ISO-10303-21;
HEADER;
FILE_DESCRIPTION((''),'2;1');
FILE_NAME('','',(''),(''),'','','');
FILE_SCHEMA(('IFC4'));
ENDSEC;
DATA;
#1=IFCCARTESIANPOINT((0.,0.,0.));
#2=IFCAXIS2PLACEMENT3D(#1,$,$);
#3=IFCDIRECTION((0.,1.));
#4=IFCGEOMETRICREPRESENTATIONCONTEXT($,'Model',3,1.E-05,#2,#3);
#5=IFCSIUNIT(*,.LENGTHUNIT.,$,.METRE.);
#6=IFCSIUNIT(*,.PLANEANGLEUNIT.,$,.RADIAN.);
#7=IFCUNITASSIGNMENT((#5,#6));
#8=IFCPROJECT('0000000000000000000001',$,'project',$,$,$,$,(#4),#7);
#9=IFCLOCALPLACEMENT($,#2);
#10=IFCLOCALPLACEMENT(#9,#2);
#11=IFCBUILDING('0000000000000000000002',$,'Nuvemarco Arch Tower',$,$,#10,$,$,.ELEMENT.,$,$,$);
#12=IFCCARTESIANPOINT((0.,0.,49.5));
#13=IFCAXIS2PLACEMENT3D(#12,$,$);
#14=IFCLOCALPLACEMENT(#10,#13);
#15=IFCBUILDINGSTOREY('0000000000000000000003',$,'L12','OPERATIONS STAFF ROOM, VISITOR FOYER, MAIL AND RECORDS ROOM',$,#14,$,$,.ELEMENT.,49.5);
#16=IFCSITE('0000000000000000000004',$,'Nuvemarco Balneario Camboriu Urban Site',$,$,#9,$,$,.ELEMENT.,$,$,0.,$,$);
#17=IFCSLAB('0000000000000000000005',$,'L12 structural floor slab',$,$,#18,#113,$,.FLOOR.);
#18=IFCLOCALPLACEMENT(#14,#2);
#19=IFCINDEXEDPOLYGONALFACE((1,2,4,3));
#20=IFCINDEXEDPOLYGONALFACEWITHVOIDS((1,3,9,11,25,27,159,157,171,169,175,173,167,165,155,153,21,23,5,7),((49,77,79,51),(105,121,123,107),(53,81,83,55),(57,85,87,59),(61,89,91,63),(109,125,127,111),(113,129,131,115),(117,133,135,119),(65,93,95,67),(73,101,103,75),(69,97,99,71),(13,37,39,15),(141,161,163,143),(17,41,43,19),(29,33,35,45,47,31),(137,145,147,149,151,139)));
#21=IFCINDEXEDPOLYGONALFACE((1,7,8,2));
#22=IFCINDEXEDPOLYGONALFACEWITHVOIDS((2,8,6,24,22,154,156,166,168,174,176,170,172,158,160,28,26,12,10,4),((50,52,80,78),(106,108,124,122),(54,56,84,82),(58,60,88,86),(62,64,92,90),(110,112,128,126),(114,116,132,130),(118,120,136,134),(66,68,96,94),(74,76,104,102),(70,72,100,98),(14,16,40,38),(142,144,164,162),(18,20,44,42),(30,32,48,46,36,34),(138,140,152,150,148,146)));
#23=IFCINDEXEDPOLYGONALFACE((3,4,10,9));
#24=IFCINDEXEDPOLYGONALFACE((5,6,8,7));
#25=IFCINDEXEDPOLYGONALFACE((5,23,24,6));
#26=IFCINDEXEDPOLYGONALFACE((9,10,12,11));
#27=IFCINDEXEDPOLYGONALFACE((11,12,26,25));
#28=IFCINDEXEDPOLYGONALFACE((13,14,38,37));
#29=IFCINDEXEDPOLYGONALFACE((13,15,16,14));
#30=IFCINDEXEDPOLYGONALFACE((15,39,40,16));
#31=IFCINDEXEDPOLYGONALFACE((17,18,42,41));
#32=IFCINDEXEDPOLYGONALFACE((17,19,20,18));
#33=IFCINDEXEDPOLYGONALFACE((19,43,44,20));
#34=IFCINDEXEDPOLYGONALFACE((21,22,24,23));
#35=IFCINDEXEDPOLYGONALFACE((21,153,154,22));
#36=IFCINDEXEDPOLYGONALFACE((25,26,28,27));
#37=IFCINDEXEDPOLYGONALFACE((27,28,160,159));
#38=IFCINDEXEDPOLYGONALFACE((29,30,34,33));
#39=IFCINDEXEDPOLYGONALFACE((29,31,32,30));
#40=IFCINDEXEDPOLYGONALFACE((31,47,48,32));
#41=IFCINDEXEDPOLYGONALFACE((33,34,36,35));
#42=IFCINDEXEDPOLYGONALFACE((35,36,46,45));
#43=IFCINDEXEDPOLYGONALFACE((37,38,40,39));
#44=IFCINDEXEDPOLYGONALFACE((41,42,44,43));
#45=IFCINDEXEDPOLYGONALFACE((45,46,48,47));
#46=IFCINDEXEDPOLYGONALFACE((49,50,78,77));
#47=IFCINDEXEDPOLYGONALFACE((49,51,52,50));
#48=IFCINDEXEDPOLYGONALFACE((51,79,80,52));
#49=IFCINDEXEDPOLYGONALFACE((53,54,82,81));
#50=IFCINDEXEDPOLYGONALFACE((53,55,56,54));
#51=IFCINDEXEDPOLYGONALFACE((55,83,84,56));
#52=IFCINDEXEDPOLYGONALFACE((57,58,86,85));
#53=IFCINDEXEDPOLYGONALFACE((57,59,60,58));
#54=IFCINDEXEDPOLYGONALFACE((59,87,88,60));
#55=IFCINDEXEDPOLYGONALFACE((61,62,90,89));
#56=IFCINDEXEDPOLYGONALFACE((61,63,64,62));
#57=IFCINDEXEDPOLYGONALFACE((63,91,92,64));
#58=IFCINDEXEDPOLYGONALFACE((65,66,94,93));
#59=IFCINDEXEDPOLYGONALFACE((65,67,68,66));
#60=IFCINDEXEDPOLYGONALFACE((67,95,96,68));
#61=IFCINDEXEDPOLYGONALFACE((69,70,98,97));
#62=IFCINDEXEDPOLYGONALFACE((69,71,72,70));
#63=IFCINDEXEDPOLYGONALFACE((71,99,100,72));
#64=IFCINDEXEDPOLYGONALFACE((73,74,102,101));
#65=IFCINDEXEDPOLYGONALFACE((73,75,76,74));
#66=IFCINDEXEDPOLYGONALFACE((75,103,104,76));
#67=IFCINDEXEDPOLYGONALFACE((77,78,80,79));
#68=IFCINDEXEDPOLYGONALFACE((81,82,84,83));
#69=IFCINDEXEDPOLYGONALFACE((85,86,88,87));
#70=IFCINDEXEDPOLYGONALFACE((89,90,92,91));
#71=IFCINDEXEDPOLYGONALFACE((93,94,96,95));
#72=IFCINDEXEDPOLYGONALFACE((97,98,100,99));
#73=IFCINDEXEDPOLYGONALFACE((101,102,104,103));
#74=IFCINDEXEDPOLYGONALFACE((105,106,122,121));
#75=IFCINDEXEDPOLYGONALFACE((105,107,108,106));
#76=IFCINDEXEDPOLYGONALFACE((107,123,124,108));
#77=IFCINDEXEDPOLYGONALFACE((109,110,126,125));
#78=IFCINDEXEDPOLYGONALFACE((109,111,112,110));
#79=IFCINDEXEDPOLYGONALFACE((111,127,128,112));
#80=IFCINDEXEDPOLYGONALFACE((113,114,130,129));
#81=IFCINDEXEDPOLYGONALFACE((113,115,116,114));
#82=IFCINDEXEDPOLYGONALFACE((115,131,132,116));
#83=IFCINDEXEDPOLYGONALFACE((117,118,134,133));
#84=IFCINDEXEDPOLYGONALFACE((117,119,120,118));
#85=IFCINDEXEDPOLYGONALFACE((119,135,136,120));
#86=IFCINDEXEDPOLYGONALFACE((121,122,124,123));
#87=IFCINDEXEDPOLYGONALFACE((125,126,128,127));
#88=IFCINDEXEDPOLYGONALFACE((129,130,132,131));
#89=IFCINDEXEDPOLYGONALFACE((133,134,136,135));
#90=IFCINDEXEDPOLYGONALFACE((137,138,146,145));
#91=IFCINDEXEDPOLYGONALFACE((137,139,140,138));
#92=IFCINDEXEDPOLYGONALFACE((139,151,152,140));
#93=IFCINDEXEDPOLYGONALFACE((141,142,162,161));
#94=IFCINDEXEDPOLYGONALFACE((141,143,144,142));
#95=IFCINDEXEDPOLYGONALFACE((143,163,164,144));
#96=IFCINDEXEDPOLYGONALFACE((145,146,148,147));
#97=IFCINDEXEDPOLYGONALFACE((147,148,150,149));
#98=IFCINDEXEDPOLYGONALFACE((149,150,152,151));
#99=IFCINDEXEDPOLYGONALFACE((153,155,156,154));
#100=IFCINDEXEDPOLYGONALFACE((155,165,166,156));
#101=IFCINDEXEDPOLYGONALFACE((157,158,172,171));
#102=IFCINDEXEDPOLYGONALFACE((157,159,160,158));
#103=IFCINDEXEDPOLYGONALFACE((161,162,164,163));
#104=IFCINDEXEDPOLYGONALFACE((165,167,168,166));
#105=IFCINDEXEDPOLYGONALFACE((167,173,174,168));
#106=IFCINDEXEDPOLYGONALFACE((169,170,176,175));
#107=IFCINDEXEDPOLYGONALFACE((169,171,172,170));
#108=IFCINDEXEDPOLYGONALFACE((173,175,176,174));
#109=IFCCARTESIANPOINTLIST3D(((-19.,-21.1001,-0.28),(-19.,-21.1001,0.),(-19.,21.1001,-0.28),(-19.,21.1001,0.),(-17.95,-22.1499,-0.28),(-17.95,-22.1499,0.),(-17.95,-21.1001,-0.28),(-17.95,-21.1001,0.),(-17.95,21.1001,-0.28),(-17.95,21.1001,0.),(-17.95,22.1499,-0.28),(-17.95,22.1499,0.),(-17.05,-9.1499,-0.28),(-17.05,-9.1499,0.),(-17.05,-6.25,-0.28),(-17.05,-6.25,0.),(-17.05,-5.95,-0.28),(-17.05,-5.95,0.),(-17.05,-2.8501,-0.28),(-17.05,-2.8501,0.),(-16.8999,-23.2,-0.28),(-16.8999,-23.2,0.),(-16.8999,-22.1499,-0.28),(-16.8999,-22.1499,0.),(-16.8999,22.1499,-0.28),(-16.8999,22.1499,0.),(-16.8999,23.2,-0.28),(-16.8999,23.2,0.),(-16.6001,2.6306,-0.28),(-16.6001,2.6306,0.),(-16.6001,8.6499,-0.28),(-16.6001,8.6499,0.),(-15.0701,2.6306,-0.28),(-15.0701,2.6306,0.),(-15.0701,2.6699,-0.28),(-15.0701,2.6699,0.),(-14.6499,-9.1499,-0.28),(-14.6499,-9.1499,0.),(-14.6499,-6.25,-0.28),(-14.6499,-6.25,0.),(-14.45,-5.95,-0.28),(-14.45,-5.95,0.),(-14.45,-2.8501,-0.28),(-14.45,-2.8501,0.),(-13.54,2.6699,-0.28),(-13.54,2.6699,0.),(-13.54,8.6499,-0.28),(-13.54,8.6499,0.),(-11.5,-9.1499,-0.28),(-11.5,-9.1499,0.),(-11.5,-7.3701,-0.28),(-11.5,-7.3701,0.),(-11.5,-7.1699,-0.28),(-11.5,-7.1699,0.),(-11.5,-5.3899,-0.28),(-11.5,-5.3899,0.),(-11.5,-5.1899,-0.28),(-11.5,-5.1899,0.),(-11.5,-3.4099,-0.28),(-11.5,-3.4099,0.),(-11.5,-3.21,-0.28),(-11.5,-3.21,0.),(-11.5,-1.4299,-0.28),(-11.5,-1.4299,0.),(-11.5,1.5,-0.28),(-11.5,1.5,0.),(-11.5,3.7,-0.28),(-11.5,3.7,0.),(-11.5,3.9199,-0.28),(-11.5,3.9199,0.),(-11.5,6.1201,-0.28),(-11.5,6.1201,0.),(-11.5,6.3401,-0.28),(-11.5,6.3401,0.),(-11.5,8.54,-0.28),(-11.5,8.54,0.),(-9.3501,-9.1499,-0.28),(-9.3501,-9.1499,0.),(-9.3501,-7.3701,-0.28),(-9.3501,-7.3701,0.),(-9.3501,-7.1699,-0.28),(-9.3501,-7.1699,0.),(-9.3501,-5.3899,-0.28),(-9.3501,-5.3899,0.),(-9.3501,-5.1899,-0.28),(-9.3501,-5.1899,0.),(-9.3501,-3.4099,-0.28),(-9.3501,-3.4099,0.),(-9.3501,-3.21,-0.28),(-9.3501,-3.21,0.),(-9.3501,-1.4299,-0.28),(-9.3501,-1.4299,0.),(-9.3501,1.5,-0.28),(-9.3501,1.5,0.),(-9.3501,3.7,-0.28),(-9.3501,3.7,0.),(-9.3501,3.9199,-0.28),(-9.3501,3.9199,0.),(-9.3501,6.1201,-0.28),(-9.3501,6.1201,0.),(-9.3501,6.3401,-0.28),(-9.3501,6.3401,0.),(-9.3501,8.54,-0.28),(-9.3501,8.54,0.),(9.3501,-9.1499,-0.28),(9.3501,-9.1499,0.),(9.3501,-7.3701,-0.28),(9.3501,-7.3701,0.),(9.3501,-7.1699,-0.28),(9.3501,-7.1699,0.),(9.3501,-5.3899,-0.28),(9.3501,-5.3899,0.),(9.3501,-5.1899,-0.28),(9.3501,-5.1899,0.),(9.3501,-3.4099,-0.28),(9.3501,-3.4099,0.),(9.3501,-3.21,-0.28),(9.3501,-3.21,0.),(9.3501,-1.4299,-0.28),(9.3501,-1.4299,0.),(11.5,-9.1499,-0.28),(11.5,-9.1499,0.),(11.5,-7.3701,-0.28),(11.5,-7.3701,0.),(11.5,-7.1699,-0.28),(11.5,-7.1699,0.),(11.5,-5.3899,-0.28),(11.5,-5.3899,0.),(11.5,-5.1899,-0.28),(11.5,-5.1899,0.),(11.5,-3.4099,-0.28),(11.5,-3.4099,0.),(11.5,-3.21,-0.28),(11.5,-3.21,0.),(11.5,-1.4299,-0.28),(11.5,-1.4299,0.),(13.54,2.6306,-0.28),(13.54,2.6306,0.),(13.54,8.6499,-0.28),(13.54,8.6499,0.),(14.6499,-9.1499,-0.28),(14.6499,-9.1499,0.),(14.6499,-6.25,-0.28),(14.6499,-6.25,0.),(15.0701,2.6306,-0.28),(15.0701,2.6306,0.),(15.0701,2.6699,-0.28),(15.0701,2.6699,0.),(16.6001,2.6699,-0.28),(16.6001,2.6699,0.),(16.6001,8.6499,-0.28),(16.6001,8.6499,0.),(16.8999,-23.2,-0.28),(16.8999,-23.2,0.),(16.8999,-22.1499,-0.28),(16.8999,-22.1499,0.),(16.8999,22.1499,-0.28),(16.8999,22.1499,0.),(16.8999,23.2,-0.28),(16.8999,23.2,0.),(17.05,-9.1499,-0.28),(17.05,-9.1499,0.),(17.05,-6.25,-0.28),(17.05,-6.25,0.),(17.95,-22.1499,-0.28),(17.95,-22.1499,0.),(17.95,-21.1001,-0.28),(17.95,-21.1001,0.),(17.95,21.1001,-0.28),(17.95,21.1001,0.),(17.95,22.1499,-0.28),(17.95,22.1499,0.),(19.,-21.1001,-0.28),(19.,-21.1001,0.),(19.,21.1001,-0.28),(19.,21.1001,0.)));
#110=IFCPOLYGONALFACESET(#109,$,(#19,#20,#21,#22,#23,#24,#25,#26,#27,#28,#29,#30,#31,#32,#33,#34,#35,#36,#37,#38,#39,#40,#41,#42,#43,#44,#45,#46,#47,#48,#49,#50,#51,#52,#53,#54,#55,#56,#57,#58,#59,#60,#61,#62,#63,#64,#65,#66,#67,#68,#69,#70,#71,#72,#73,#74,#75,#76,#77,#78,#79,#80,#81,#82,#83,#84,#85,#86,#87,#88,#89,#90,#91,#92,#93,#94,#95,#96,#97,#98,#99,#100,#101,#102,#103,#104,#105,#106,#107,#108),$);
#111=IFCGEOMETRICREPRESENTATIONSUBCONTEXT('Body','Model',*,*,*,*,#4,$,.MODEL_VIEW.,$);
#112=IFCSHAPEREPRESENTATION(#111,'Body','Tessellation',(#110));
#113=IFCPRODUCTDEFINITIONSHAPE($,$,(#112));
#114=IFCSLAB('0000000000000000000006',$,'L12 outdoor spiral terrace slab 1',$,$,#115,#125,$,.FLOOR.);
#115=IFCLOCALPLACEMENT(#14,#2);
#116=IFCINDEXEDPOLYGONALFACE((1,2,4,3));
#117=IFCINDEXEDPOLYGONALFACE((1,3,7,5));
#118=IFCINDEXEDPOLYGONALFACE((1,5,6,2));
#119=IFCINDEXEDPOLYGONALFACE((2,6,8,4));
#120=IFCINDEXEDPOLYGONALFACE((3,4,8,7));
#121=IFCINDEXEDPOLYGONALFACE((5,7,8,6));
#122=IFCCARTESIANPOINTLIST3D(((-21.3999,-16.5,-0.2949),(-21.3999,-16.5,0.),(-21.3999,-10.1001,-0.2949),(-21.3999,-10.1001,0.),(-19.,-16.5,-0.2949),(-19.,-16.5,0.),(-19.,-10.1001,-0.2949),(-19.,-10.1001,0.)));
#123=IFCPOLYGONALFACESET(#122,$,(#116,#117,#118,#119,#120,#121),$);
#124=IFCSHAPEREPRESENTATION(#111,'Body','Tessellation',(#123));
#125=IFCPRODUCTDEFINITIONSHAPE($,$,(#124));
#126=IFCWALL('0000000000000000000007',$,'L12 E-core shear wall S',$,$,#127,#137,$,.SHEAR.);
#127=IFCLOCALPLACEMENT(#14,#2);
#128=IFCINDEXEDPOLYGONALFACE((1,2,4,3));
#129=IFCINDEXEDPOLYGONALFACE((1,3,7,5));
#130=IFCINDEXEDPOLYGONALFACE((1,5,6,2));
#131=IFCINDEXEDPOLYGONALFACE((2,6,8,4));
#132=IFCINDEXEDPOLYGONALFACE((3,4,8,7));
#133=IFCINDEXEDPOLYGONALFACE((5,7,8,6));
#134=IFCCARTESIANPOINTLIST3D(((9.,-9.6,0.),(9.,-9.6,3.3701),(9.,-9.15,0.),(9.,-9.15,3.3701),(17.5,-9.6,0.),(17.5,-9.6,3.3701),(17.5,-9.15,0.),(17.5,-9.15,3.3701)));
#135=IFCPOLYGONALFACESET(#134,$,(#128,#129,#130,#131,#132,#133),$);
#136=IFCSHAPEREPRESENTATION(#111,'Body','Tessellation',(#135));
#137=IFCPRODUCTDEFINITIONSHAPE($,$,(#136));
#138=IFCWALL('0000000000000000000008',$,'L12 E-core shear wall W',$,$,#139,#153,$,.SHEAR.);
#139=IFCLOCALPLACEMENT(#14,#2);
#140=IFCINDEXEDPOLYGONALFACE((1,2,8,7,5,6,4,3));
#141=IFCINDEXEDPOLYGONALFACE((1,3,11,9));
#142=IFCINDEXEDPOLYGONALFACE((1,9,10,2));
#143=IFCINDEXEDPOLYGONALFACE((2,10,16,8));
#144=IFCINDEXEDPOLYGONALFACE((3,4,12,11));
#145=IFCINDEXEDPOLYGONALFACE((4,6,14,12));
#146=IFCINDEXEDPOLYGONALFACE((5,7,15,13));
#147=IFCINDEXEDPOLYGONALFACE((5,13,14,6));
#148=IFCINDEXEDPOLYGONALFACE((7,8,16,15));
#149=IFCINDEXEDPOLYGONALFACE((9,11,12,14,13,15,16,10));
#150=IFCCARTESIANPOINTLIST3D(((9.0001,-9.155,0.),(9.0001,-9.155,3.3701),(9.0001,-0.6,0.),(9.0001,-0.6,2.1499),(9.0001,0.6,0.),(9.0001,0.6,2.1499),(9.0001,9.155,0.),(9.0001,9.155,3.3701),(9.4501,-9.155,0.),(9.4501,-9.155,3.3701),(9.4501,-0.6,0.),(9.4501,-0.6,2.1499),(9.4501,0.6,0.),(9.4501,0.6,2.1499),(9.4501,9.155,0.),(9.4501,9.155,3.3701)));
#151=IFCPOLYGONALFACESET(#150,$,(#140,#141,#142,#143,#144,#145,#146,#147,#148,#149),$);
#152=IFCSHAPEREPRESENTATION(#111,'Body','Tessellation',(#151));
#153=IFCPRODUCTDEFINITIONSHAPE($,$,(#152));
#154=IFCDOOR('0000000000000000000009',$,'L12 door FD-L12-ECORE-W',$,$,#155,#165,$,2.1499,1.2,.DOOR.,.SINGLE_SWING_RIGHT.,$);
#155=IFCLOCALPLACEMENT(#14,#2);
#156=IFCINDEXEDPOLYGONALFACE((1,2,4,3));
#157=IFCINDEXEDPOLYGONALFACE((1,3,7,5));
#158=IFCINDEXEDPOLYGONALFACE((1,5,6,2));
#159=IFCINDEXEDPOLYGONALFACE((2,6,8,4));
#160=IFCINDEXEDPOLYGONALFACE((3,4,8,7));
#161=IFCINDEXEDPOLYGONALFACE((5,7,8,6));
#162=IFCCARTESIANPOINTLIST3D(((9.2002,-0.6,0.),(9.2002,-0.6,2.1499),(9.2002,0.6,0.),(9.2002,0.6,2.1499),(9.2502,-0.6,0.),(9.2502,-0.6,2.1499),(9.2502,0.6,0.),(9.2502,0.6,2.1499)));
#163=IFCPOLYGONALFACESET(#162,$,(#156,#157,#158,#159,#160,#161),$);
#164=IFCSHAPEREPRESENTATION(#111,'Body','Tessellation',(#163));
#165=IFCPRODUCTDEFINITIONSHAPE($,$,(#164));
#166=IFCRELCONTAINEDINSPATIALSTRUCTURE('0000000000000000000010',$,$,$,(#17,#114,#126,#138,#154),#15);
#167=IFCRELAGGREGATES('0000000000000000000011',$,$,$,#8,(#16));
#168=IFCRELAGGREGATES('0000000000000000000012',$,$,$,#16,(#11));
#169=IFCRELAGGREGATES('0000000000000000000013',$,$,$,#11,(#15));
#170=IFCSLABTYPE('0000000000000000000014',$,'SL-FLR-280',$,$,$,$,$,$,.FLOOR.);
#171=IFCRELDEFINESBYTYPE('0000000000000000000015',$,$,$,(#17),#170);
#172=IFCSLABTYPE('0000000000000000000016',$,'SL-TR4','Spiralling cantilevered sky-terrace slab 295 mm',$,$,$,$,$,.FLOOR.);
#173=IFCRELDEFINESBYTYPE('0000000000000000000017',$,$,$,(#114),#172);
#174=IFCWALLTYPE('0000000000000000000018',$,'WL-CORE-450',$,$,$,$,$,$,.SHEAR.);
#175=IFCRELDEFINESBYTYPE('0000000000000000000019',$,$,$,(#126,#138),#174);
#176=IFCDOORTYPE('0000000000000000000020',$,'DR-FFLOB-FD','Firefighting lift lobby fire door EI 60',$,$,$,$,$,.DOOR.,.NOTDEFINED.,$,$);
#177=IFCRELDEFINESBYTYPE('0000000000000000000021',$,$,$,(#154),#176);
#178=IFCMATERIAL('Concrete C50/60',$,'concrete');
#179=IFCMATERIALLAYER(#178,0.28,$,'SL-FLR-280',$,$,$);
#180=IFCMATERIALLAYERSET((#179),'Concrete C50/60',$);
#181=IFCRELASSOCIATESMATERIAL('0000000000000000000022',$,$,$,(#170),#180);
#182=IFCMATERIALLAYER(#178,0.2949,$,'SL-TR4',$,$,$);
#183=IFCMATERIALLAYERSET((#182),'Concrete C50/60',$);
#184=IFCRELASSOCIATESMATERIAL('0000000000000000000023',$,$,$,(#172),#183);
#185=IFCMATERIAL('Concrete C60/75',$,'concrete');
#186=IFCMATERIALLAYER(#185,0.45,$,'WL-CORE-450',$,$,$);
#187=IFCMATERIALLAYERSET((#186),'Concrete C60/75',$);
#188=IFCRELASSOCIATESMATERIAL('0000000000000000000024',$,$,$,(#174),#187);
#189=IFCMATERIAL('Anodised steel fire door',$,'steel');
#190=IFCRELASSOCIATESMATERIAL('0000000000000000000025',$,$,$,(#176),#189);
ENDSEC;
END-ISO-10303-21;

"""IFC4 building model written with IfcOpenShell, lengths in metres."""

from ifc_helpers import new_model, si_unit, direction, frame, frame_2d, origin, place, context, subcontext, project, spatial, polyline, rectangle, outline, extrude, source, transform, mapped, material, layer, layer_set, type_object, type_shapes, element, fill, save


model = new_model("IFC4")

# Units and contexts
model_context = context("Model", 3, precision=1e-05, world=origin(), true_north=direction((0.0, 1.0)))
body_context = subcontext(model_context, "Body", "Model", "MODEL_VIEW")
ifc_project = project(units=[si_unit("LENGTHUNIT", "METRE"), si_unit("PLANEANGLEUNIT", "RADIAN")], contexts=[model_context])

# Site, building, storey
site_placement = place(None, origin())
site = spatial("IfcSite", under=ifc_project, at=site_placement, Name="Nuvemarco Balneario Camboriu Urban Site", CompositionType="ELEMENT", RefElevation=0.0)
building_placement = place(site_placement, origin())
building = spatial("IfcBuilding", under=site, at=building_placement, Name="Nuvemarco Arch Tower", CompositionType="ELEMENT")
storey_placement = place(building_placement, frame((0.0, 0.0, 49.5)))
storey = spatial("IfcBuildingStorey", under=building, at=storey_placement, Name="L12", Description="OPERATIONS STAFF ROOM, VISITOR FOYER, MAIL AND RECORDS ROOM", CompositionType="ELEMENT", Elevation=49.5)

# Shared definitions
ifc_material_1 = material(Name="Concrete C60/75", Category="concrete")

# Slabs
ifc_material_2 = material(Name="Concrete C50/60", Category="concrete")
ifc_layer_1 = layer(ifc_material_2, 0.28, Name="SL-FLR-280")
ifc_layer_set_1 = layer_set([ifc_layer_1], Name="Concrete C50/60")
slab_type_1 = type_object("IfcSlabType", Name="SL-FLR-280", PredefinedType="FLOOR", material=ifc_layer_set_1)
slab_1_placement = place(storey_placement, frame((0.0, 0.0, -0.28)))
element("IfcSlab", 1, at=slab_1_placement, inside=storey, type_object=slab_type_1, Name="L12 structural floor slab", PredefinedType="FLOOR", context=body_context, shape_type="SweptSolid", body=[
    extrude(outline(polyline([(-16.8999, -23.2), (16.8999, -23.2), (16.8999, -22.1499), (17.95, -22.1499), (17.95, -21.1001), (19.0, -21.1001), (19.0, 21.1001), (17.95, 21.1001), (17.95, 22.1499), (16.8999, 22.1499), (16.8999, 23.2), (-16.8999, 23.2), (-16.8999, 22.1499), (-17.95, 22.1499), (-17.95, 21.1001), (-19.0, 21.1001), (-19.0, -21.1001), (-17.95, -21.1001), (-17.95, -22.1499), (-16.8999, -22.1499), (-16.8999, -23.2)]), holes=[polyline([(-13.54, 2.6699), (-13.54, 8.6499), (-16.6001, 8.6499), (-16.6001, 2.6306), (-15.0701, 2.6306), (-15.0701, 2.6699), (-13.54, 2.6699)]), polyline([(16.6001, 2.6699), (16.6001, 8.6499), (13.54, 8.6499), (13.54, 2.6306), (15.0701, 2.6306), (15.0701, 2.6699), (16.6001, 2.6699)]), polyline([(-17.05, -9.1499), (-14.6499, -9.1499), (-14.6499, -6.25), (-17.05, -6.25), (-17.05, -9.1499)]), polyline([(-17.05, -5.95), (-14.45, -5.95), (-14.45, -2.8501), (-17.05, -2.8501), (-17.05, -5.95)]), polyline([(-11.5, -9.1499), (-9.3501, -9.1499), (-9.3501, -7.3701), (-11.5, -7.3701), (-11.5, -9.1499)]), polyline([(-11.5, -7.1699), (-9.3501, -7.1699), (-9.3501, -5.3899), (-11.5, -5.3899), (-11.5, -7.1699)]), polyline([(-11.5, -5.1899), (-9.3501, -5.1899), (-9.3501, -3.4099), (-11.5, -3.4099), (-11.5, -5.1899)]), polyline([(-11.5, -3.21), (-9.3501, -3.21), (-9.3501, -1.4299), (-11.5, -1.4299), (-11.5, -3.21)]), polyline([(-11.5, 1.5), (-9.3501, 1.5), (-9.3501, 3.7), (-11.5, 3.7), (-11.5, 1.5)]), polyline([(-11.5, 3.9199), (-9.3501, 3.9199), (-9.3501, 6.1201), (-11.5, 6.1201), (-11.5, 3.9199)]), polyline([(-11.5, 6.3401), (-9.3501, 6.3401), (-9.3501, 8.54), (-11.5, 8.54), (-11.5, 6.3401)]), polyline([(14.6499, -9.1499), (17.05, -9.1499), (17.05, -6.25), (14.6499, -6.25), (14.6499, -9.1499)]), polyline([(9.3501, -9.1499), (11.5, -9.1499), (11.5, -7.3701), (9.3501, -7.3701), (9.3501, -9.1499)]), polyline([(9.3501, -7.1699), (11.5, -7.1699), (11.5, -5.3899), (9.3501, -5.3899), (9.3501, -7.1699)]), polyline([(9.3501, -5.1899), (11.5, -5.1899), (11.5, -3.4099), (9.3501, -3.4099), (9.3501, -5.1899)]), polyline([(9.3501, -3.21), (11.5, -3.21), (11.5, -1.4299), (9.3501, -1.4299), (9.3501, -3.21)])]), origin(), (0.0, 0.0, 1.0), 0.28),
])
ifc_layer_2 = layer(ifc_material_2, 0.2949, Name="SL-TR4")
ifc_layer_set_2 = layer_set([ifc_layer_2], Name="Concrete C50/60")
slab_type_2 = type_object("IfcSlabType", Name="SL-TR4", Description="Spiralling cantilevered sky-terrace slab 295 mm", PredefinedType="FLOOR", material=ifc_layer_set_2)
slab_2_placement = place(storey_placement, frame((0.0, 0.0, -0.2949)))
element("IfcSlab", 2, at=slab_2_placement, inside=storey, type_object=slab_type_2, Name="L12 outdoor spiral terrace slab 1", PredefinedType="FLOOR", context=body_context, shape_type="SweptSolid", body=[
    extrude(outline(polyline([(-21.3999, -16.5), (-19.0, -16.5), (-19.0, -10.1001), (-21.3999, -10.1001), (-21.3999, -16.5)])), origin(), (0.0, 0.0, 1.0), 0.2949),
])

# Wall
ifc_layer_3 = layer(ifc_material_1, 0.45, Name="WL-CORE-450")
ifc_layer_set_3 = layer_set([ifc_layer_3], Name="Concrete C60/75")
wall_type_1 = type_object("IfcWallType", Name="WL-CORE-450", PredefinedType="SHEAR", material=ifc_layer_set_3)
wall_1_placement = place(storey_placement, frame((9.0, -9.375, 0.0), z_axis=(0.0, 0.0, 1.0), x_axis=(1.0, 0.0, 0.0)))
element("IfcWall", 3, at=wall_1_placement, inside=storey, type_object=wall_type_1, Name="L12 E-core shear wall S", PredefinedType="SHEAR", context=body_context, shape_type="SweptSolid", body=[
    extrude(rectangle(XDim=8.5, YDim=0.45, at=frame_2d((4.25, 0.0))), origin(), (0.0, 0.0, 1.0), 3.3701),
])

# Wall, opening, door
wall_2_placement = place(storey_placement, frame((9.2251, -9.155, 0.0), z_axis=(0.0, 0.0, 1.0), x_axis=(0.0, 1.0, 0.0)))
wall_2 = element("IfcWall", 4, at=wall_2_placement, inside=storey, type_object=wall_type_1, Name="L12 E-core shear wall W", PredefinedType="SHEAR", context=body_context, shape_type="SweptSolid", body=[
    extrude(rectangle(XDim=18.3101, YDim=0.45, at=frame_2d((9.155, 0.0))), origin(), (0.0, 0.0, 1.0), 3.3701),
])
opening_1_placement = place(wall_2_placement, frame((8.5549, 0.0, 0.0)))
opening_1 = element("IfcOpeningElement", 5, at=opening_1_placement, cuts=wall_2, PredefinedType="OPENING", context=body_context, shape_type="SweptSolid", body=[
    extrude(rectangle(XDim=1.2, YDim=2.1499, at=frame_2d((0.6001, 1.075))), frame((0.0, 0.2349, 0.0), z_axis=(0.0, -1.0, 0.0), x_axis=(1.0, 0.0, 0.0)), (0.0, 0.0, 1.0), 0.47),
])
ifc_material_3 = material(Name="Anodised steel fire door", Category="steel")
door_type_1 = type_object("IfcDoorType", Name="DR-FFLOB-FD", Description="Firefighting lift lobby fire door EI 60", OperationType="NOTDEFINED", PredefinedType="DOOR", material=ifc_material_3)
shared_shape_1 = source(origin(), body_context, "Body", "SweptSolid", [
    extrude(rectangle(XDim=1.2, YDim=2.1499, at=frame_2d((0.6001, 1.075))), frame((0.0, 0.0249, 0.0), z_axis=(0.0, -1.0, 0.0), x_axis=(1.0, 0.0, 0.0)), (0.0, 0.0, 1.0), 0.05),
])
type_shapes(door_type_1, [shared_shape_1])
door_1_placement = place(opening_1_placement, origin())
door_1 = element("IfcDoor", 6, at=door_1_placement, inside=storey, type_object=door_type_1, Name="L12 door FD-L12-ECORE-W", OperationType="SINGLE_SWING_RIGHT", OverallHeight=2.1499, OverallWidth=1.2, PredefinedType="DOOR", context=body_context, shape_type="MappedRepresentation", body=[
    mapped(shared_shape_1, transform((0.0, 0.0, 0.0), scale=1.0)),
])
fill(opening_1, door_1)

save(model, "model.ifc")
